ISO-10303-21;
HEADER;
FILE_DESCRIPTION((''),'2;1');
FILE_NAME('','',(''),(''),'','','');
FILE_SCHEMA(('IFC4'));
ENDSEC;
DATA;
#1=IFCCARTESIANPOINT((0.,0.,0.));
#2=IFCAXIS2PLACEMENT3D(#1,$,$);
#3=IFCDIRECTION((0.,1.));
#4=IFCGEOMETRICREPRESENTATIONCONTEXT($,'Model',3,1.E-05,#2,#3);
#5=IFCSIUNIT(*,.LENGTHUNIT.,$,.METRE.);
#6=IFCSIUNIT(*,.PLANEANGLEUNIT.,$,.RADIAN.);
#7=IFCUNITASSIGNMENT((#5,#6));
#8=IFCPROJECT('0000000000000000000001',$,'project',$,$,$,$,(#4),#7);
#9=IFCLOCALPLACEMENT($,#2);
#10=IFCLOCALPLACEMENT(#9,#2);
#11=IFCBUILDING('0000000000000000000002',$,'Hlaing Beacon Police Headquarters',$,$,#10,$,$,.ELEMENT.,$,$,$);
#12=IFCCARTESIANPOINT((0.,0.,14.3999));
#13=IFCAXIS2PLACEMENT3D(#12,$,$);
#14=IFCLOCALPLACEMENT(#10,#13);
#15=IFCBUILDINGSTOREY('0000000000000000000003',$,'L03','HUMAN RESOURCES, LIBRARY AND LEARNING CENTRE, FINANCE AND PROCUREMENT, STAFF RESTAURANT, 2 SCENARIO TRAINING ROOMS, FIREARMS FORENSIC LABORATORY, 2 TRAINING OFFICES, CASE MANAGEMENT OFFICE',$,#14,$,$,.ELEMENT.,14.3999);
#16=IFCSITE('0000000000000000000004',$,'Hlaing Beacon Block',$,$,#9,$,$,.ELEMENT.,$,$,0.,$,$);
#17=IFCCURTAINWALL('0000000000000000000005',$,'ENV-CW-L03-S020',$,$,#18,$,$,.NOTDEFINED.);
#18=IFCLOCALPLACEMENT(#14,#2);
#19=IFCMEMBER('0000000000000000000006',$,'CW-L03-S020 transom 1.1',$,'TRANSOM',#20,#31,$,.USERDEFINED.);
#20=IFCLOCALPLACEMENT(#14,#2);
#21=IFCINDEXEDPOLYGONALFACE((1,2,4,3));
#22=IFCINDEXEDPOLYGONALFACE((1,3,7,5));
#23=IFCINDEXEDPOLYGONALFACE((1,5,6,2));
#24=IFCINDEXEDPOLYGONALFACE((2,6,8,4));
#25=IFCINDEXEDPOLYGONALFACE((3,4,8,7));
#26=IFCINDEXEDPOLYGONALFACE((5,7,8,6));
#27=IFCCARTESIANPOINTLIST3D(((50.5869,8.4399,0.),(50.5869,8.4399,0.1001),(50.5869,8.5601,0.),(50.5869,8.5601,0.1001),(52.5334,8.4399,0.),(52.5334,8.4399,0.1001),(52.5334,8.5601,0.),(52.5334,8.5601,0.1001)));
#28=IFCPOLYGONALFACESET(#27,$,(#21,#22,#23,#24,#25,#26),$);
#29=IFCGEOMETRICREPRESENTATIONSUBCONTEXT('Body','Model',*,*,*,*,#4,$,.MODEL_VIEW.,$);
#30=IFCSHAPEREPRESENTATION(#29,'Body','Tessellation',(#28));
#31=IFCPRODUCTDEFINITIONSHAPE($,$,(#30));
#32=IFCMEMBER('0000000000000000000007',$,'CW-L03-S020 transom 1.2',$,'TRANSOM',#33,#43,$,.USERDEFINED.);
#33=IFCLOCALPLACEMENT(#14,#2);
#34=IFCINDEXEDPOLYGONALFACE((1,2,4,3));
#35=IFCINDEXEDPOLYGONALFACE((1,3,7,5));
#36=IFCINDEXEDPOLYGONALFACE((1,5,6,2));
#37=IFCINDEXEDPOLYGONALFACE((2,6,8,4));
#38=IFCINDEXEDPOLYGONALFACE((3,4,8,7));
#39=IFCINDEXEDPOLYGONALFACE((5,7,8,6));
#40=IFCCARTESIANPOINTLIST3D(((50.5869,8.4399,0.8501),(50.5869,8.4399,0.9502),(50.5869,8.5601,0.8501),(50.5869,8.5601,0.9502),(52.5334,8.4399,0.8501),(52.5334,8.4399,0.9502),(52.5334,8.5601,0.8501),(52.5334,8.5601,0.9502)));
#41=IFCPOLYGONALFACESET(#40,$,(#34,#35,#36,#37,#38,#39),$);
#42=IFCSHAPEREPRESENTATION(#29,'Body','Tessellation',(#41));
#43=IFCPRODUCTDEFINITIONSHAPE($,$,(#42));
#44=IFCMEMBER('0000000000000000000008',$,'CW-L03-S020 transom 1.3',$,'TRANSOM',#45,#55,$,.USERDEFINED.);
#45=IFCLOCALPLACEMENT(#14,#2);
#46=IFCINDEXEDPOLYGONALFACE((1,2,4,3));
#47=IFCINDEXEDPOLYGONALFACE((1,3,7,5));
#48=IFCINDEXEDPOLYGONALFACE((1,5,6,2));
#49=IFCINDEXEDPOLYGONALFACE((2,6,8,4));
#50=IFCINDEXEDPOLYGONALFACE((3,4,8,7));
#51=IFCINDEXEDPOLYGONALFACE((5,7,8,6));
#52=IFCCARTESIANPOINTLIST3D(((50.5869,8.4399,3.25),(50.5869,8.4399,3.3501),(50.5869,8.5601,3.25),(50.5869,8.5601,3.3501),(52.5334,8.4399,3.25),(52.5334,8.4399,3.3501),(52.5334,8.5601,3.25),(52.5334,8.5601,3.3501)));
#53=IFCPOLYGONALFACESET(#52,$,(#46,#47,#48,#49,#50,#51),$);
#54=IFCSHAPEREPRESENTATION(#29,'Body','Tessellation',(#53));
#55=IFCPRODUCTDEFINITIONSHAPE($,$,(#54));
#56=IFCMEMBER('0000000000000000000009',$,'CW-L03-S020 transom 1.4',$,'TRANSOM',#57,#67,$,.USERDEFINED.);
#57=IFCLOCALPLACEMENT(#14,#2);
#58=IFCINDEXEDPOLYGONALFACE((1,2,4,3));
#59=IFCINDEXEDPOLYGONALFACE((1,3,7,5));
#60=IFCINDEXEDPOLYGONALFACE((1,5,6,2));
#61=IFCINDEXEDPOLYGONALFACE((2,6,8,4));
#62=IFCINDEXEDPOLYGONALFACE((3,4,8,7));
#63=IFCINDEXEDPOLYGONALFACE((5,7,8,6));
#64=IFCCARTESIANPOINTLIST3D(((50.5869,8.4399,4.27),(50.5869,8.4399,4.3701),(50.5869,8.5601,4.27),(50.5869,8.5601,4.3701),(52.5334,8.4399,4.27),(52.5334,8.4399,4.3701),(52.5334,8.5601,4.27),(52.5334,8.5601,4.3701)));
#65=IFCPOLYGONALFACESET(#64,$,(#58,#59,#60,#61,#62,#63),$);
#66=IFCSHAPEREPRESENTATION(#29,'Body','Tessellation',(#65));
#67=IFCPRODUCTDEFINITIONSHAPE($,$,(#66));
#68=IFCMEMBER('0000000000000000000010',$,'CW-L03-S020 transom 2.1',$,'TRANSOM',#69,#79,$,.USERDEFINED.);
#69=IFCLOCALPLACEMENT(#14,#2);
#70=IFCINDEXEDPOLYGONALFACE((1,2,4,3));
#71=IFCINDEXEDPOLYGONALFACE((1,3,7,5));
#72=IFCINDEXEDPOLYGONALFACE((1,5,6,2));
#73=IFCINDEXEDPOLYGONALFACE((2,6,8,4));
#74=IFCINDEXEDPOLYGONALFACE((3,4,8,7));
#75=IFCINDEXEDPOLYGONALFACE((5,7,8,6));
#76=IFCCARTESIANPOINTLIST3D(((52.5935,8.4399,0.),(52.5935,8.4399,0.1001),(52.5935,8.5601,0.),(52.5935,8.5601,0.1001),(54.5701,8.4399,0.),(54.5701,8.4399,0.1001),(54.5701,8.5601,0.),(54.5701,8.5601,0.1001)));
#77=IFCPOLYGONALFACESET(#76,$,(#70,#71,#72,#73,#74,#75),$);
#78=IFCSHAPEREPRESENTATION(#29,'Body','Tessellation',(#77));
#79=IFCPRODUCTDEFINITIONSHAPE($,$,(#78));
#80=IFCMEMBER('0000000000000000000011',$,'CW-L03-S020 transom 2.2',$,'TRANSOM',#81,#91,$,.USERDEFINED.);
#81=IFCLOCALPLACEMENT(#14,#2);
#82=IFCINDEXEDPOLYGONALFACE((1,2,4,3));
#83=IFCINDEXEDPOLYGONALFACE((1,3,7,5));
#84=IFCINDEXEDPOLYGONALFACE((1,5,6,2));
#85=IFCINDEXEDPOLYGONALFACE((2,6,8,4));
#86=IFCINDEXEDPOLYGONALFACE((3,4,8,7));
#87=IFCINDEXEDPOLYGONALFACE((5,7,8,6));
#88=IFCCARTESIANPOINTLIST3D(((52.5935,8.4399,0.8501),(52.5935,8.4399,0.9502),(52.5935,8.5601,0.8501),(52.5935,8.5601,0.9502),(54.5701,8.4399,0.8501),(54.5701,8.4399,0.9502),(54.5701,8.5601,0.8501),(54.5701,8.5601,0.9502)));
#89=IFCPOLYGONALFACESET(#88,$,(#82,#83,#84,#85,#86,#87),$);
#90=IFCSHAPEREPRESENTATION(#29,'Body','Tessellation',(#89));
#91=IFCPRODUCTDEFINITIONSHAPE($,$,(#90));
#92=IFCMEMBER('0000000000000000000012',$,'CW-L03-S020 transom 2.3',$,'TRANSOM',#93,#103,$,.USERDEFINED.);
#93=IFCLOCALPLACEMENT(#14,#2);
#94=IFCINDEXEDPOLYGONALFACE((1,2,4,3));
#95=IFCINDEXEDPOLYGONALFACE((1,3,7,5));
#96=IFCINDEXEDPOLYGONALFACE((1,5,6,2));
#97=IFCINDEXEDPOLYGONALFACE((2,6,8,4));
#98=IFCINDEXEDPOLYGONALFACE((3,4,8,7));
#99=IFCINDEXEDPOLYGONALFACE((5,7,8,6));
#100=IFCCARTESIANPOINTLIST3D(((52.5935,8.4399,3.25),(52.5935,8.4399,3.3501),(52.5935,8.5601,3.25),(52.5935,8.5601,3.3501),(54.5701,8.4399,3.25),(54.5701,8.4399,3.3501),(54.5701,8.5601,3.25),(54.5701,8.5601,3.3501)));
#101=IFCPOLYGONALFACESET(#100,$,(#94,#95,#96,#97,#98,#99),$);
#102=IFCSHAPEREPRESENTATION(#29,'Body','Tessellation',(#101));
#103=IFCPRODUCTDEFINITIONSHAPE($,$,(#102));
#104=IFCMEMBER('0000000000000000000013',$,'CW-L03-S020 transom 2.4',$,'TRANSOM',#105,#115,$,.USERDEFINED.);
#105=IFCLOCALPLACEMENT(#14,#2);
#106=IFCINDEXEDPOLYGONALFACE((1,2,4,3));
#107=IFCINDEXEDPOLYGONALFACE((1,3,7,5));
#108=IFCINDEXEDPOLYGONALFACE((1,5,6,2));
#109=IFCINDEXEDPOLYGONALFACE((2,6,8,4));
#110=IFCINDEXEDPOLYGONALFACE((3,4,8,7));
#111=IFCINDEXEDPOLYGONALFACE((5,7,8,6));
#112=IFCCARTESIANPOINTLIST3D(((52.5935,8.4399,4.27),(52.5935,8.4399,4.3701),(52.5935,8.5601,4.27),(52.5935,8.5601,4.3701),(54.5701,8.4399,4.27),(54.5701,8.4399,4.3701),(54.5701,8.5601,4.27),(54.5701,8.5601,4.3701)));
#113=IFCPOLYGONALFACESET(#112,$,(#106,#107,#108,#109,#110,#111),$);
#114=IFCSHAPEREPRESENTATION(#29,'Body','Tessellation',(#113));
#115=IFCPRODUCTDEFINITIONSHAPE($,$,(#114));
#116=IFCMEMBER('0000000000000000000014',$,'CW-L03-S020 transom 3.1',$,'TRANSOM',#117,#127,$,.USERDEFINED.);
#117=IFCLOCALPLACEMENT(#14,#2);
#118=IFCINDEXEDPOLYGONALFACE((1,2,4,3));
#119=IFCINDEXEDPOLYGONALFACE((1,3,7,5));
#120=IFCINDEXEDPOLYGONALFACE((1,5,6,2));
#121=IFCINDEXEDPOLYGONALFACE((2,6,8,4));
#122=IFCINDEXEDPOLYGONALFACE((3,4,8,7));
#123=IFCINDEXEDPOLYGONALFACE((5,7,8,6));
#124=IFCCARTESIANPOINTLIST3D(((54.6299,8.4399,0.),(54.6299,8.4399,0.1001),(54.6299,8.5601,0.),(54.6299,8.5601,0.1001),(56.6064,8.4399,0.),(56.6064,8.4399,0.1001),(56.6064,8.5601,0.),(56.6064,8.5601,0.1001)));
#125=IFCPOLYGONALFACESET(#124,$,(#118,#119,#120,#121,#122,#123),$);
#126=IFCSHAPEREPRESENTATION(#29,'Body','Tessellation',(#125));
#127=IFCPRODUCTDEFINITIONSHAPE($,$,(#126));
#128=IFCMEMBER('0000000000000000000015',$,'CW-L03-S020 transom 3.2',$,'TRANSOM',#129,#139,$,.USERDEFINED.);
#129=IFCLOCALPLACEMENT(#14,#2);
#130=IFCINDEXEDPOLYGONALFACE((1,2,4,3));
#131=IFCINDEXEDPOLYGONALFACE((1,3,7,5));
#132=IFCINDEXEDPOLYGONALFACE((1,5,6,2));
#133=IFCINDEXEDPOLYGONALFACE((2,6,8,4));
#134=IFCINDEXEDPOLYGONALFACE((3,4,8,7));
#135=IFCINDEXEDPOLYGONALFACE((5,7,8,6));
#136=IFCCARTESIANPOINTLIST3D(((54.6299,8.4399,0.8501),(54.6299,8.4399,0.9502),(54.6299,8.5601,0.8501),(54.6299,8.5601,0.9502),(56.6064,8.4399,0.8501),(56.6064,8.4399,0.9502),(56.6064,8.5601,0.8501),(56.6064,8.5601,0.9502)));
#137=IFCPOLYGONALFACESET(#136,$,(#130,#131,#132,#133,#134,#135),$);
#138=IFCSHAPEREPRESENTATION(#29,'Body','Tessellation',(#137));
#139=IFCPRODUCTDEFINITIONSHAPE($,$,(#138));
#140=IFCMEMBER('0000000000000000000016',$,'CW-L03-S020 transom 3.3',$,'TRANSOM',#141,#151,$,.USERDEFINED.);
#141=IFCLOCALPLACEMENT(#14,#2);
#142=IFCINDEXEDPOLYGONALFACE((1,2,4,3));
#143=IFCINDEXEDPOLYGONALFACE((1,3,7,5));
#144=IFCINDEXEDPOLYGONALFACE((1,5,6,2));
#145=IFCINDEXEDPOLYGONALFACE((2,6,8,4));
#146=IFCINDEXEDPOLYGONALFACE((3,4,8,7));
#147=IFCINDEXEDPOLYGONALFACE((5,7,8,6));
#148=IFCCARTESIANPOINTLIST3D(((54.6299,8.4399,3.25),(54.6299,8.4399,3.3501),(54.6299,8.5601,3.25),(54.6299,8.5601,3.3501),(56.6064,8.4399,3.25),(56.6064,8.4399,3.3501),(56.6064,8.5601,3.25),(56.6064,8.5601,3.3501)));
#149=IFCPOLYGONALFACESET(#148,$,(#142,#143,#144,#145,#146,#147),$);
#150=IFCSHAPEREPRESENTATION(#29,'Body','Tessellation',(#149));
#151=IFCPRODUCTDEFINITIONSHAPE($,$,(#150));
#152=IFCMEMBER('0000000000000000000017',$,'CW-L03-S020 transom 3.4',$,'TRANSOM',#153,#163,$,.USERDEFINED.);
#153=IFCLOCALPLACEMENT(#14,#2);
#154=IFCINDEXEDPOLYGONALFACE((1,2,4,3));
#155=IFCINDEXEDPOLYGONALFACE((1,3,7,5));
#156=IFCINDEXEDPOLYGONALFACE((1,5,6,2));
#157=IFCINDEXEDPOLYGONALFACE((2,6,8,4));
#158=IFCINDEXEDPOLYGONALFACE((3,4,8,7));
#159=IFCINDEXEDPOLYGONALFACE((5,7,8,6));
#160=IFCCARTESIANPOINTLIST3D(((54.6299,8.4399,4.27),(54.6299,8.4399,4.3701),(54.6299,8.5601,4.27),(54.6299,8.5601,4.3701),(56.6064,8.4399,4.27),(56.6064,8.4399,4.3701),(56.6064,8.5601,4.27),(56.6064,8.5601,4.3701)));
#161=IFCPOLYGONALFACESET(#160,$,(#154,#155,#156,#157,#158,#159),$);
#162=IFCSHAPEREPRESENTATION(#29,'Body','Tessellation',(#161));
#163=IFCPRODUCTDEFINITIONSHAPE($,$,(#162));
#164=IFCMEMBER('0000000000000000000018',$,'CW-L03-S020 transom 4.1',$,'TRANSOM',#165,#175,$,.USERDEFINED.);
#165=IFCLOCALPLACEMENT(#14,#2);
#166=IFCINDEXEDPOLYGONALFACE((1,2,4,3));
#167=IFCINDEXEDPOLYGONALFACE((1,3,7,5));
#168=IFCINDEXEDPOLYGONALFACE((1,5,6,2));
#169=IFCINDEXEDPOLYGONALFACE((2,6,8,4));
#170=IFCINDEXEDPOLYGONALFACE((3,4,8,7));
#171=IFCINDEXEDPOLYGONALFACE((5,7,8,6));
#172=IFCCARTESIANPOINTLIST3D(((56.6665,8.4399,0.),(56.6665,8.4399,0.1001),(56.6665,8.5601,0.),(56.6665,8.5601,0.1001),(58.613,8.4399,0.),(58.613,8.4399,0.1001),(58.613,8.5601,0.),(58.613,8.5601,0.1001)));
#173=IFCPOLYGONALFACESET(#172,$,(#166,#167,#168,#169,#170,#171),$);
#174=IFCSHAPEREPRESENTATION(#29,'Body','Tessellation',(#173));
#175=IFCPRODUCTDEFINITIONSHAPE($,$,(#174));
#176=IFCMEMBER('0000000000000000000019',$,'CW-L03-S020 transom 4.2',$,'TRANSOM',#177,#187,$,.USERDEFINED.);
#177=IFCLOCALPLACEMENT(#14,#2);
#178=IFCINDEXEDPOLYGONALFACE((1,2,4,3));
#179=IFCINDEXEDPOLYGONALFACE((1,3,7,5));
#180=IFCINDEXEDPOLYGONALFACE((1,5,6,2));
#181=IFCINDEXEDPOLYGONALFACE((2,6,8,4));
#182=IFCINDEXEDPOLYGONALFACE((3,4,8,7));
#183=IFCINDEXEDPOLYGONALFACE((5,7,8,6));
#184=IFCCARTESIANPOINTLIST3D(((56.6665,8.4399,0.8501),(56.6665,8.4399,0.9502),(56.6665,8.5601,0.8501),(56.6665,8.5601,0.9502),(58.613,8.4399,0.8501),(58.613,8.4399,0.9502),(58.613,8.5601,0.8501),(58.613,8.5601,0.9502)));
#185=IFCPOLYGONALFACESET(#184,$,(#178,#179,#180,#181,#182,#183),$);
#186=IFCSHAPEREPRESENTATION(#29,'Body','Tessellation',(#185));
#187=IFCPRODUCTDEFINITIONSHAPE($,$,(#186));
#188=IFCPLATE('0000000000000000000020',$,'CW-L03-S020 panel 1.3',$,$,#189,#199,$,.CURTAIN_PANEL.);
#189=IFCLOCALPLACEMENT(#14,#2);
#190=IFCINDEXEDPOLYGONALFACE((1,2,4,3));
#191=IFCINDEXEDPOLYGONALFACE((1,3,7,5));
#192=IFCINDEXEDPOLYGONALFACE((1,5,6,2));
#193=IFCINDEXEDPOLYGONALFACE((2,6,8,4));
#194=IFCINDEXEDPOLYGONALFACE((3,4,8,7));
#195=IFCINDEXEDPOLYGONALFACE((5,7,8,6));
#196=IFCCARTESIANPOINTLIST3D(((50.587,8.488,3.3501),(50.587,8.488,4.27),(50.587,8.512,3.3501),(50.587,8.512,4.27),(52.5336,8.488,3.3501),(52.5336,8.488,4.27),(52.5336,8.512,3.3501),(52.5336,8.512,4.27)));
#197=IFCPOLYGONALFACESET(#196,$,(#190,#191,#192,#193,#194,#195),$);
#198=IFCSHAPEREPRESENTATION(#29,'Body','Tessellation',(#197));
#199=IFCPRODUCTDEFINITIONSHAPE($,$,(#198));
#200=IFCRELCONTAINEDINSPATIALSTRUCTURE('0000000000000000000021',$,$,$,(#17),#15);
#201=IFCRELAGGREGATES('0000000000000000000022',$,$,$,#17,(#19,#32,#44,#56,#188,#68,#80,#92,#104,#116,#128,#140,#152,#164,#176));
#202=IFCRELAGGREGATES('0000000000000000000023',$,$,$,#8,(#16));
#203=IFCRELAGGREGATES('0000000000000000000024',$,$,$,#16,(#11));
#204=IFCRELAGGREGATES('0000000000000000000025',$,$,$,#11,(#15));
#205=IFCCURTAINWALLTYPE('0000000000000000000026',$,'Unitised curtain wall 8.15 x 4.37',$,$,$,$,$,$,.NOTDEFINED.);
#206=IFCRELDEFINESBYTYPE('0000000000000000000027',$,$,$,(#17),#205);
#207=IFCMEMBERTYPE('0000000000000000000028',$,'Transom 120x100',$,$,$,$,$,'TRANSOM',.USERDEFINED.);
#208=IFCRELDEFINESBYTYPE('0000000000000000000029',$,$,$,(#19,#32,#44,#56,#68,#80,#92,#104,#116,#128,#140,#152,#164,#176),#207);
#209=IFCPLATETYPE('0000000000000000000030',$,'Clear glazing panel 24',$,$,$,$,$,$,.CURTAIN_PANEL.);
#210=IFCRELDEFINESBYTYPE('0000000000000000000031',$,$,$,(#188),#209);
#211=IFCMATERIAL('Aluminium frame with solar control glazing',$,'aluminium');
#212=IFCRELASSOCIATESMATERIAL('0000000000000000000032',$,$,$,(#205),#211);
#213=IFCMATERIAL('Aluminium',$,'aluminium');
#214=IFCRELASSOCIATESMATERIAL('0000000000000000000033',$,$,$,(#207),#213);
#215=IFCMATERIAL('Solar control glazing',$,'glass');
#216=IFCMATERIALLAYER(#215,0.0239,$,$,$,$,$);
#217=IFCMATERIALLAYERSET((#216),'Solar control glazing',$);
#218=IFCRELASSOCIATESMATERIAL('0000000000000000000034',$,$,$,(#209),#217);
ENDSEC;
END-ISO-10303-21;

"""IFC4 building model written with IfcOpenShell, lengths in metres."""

from ifc_helpers import new_model, si_unit, direction, frame, origin, origin_2d, place, context, subcontext, project, spatial, rectangle, extrude, material, layer, layer_set, material_profile, profile_set, type_object, element, aggregate, save


model = new_model("IFC4")

# Units and contexts
model_context = context("Model", 3, precision=1e-05, world=origin(), true_north=direction((0.0, 1.0)))
body_context = subcontext(model_context, "Body", "Model", "MODEL_VIEW")
ifc_project = project(units=[si_unit("LENGTHUNIT", "METRE"), si_unit("PLANEANGLEUNIT", "RADIAN")], contexts=[model_context])

# Site, building, storey
site_placement = place(None, origin())
site = spatial("IfcSite", under=ifc_project, at=site_placement, Name="Hlaing Beacon Block", CompositionType="ELEMENT", RefElevation=0.0)
building_placement = place(site_placement, origin())
building = spatial("IfcBuilding", under=site, at=building_placement, Name="Hlaing Beacon Police Headquarters", CompositionType="ELEMENT")
storey_placement = place(building_placement, frame((0.0, 0.0, 14.3999)))
storey = spatial("IfcBuildingStorey", under=building, at=storey_placement, Name="L03", Description="HUMAN RESOURCES, LIBRARY AND LEARNING CENTRE, FINANCE AND PROCUREMENT, STAFF RESTAURANT, 2 SCENARIO TRAINING ROOMS, FIREARMS FORENSIC LABORATORY, 2 TRAINING OFFICES, CASE MANAGEMENT OFFICE", CompositionType="ELEMENT", Elevation=14.3999)

# Curtain wall
ifc_material_1 = material(Name="Aluminium frame with solar control glazing", Category="aluminium")
curtain_wall_type = type_object("IfcCurtainWallType", Name="Unitised curtain wall 8.15 x 4.37", PredefinedType="NOTDEFINED", material=ifc_material_1)
curtain_wall_placement = place(storey_placement, origin())
curtain_wall = element("IfcCurtainWall", 1, at=curtain_wall_placement, inside=storey, type_object=curtain_wall_type, Name="ENV-CW-L03-S020", PredefinedType="NOTDEFINED")

# Members
ifc_material_2 = material(Name="Aluminium", Category="aluminium")
ifc_material_profile_1 = material_profile(ifc_material_2, rectangle(XDim=0.1201, YDim=0.1001, at=origin_2d()), Name="Transom 120x100")
ifc_profile_set_1 = profile_set([ifc_material_profile_1], Name="Aluminium")
member_type_1 = type_object("IfcMemberType", Name="Transom 120x100", ElementType="TRANSOM", PredefinedType="USERDEFINED", material=ifc_profile_set_1)
member_1_placement = place(storey_placement, frame((50.5869, 8.5, 0.05), z_axis=(1.0, 0.0, 0.0), x_axis=(0.0, 1.0, 0.0)))
member_1 = element("IfcMember", 2, at=member_1_placement, type_object=member_type_1, Name="CW-L03-S020 transom 1.1", ObjectType="TRANSOM", PredefinedType="USERDEFINED", context=body_context, shape_type="SweptSolid", body=[
    extrude(rectangle(XDim=0.1201, YDim=0.1001, at=origin_2d()), origin(), (0.0, 0.0, 1.0), 1.9465),
])
member_2_placement = place(storey_placement, frame((50.5869, 8.5, 0.9001), z_axis=(1.0, 0.0, 0.0), x_axis=(0.0, 1.0, 0.0)))
member_2 = element("IfcMember", 3, at=member_2_placement, type_object=member_type_1, Name="CW-L03-S020 transom 1.2", ObjectType="TRANSOM", PredefinedType="USERDEFINED", context=body_context, shape_type="SweptSolid", body=[
    extrude(rectangle(XDim=0.1201, YDim=0.1001, at=origin_2d()), origin(), (0.0, 0.0, 1.0), 1.9465),
])
member_3_placement = place(storey_placement, frame((50.5869, 8.5, 3.3), z_axis=(1.0, 0.0, 0.0), x_axis=(0.0, 1.0, 0.0)))
member_3 = element("IfcMember", 4, at=member_3_placement, type_object=member_type_1, Name="CW-L03-S020 transom 1.3", ObjectType="TRANSOM", PredefinedType="USERDEFINED", context=body_context, shape_type="SweptSolid", body=[
    extrude(rectangle(XDim=0.1201, YDim=0.1001, at=origin_2d()), origin(), (0.0, 0.0, 1.0), 1.9465),
])
member_4_placement = place(storey_placement, frame((50.5869, 8.5, 4.3201), z_axis=(1.0, 0.0, 0.0), x_axis=(0.0, 1.0, 0.0)))
member_4 = element("IfcMember", 5, at=member_4_placement, type_object=member_type_1, Name="CW-L03-S020 transom 1.4", ObjectType="TRANSOM", PredefinedType="USERDEFINED", context=body_context, shape_type="SweptSolid", body=[
    extrude(rectangle(XDim=0.1201, YDim=0.1001, at=origin_2d()), origin(), (0.0, 0.0, 1.0), 1.9465),
])
member_5_placement = place(storey_placement, frame((52.5935, 8.5, 0.05), z_axis=(1.0, 0.0, 0.0), x_axis=(0.0, 1.0, 0.0)))
member_5 = element("IfcMember", 6, at=member_5_placement, type_object=member_type_1, Name="CW-L03-S020 transom 2.1", ObjectType="TRANSOM", PredefinedType="USERDEFINED", context=body_context, shape_type="SweptSolid", body=[
    extrude(rectangle(XDim=0.1201, YDim=0.1001, at=origin_2d()), origin(), (0.0, 0.0, 1.0), 1.9766),
])
member_6_placement = place(storey_placement, frame((52.5935, 8.5, 0.9001), z_axis=(1.0, 0.0, 0.0), x_axis=(0.0, 1.0, 0.0)))
member_6 = element("IfcMember", 7, at=member_6_placement, type_object=member_type_1, Name="CW-L03-S020 transom 2.2", ObjectType="TRANSOM", PredefinedType="USERDEFINED", context=body_context, shape_type="SweptSolid", body=[
    extrude(rectangle(XDim=0.1201, YDim=0.1001, at=origin_2d()), origin(), (0.0, 0.0, 1.0), 1.9766),
])
member_7_placement = place(storey_placement, frame((52.5935, 8.5, 3.3), z_axis=(1.0, 0.0, 0.0), x_axis=(0.0, 1.0, 0.0)))
member_7 = element("IfcMember", 8, at=member_7_placement, type_object=member_type_1, Name="CW-L03-S020 transom 2.3", ObjectType="TRANSOM", PredefinedType="USERDEFINED", context=body_context, shape_type="SweptSolid", body=[
    extrude(rectangle(XDim=0.1201, YDim=0.1001, at=origin_2d()), origin(), (0.0, 0.0, 1.0), 1.9766),
])
member_8_placement = place(storey_placement, frame((52.5935, 8.5, 4.3201), z_axis=(1.0, 0.0, 0.0), x_axis=(0.0, 1.0, 0.0)))
member_8 = element("IfcMember", 9, at=member_8_placement, type_object=member_type_1, Name="CW-L03-S020 transom 2.4", ObjectType="TRANSOM", PredefinedType="USERDEFINED", context=body_context, shape_type="SweptSolid", body=[
    extrude(rectangle(XDim=0.1201, YDim=0.1001, at=origin_2d()), origin(), (0.0, 0.0, 1.0), 1.9766),
])
member_9_placement = place(storey_placement, frame((54.6299, 8.5, 0.05), z_axis=(1.0, 0.0, 0.0), x_axis=(0.0, 1.0, 0.0)))
member_9 = element("IfcMember", 10, at=member_9_placement, type_object=member_type_1, Name="CW-L03-S020 transom 3.1", ObjectType="TRANSOM", PredefinedType="USERDEFINED", context=body_context, shape_type="SweptSolid", body=[
    extrude(rectangle(XDim=0.1201, YDim=0.1001, at=origin_2d()), origin(), (0.0, 0.0, 1.0), 1.9766),
])
member_10_placement = place(storey_placement, frame((54.6299, 8.5, 0.9001), z_axis=(1.0, 0.0, 0.0), x_axis=(0.0, 1.0, 0.0)))
member_10 = element("IfcMember", 11, at=member_10_placement, type_object=member_type_1, Name="CW-L03-S020 transom 3.2", ObjectType="TRANSOM", PredefinedType="USERDEFINED", context=body_context, shape_type="SweptSolid", body=[
    extrude(rectangle(XDim=0.1201, YDim=0.1001, at=origin_2d()), origin(), (0.0, 0.0, 1.0), 1.9766),
])
member_11_placement = place(storey_placement, frame((54.6299, 8.5, 3.3), z_axis=(1.0, 0.0, 0.0), x_axis=(0.0, 1.0, 0.0)))
member_11 = element("IfcMember", 12, at=member_11_placement, type_object=member_type_1, Name="CW-L03-S020 transom 3.3", ObjectType="TRANSOM", PredefinedType="USERDEFINED", context=body_context, shape_type="SweptSolid", body=[
    extrude(rectangle(XDim=0.1201, YDim=0.1001, at=origin_2d()), origin(), (0.0, 0.0, 1.0), 1.9766),
])
member_12_placement = place(storey_placement, frame((54.6299, 8.5, 4.3201), z_axis=(1.0, 0.0, 0.0), x_axis=(0.0, 1.0, 0.0)))
member_12 = element("IfcMember", 13, at=member_12_placement, type_object=member_type_1, Name="CW-L03-S020 transom 3.4", ObjectType="TRANSOM", PredefinedType="USERDEFINED", context=body_context, shape_type="SweptSolid", body=[
    extrude(rectangle(XDim=0.1201, YDim=0.1001, at=origin_2d()), origin(), (0.0, 0.0, 1.0), 1.9766),
])
member_13_placement = place(storey_placement, frame((56.6665, 8.5, 0.05), z_axis=(1.0, 0.0, 0.0), x_axis=(0.0, 1.0, 0.0)))
member_13 = element("IfcMember", 14, at=member_13_placement, type_object=member_type_1, Name="CW-L03-S020 transom 4.1", ObjectType="TRANSOM", PredefinedType="USERDEFINED", context=body_context, shape_type="SweptSolid", body=[
    extrude(rectangle(XDim=0.1201, YDim=0.1001, at=origin_2d()), origin(), (0.0, 0.0, 1.0), 1.9465),
])
member_14_placement = place(storey_placement, frame((56.6665, 8.5, 0.9001), z_axis=(1.0, 0.0, 0.0), x_axis=(0.0, 1.0, 0.0)))
member_14 = element("IfcMember", 15, at=member_14_placement, type_object=member_type_1, Name="CW-L03-S020 transom 4.2", ObjectType="TRANSOM", PredefinedType="USERDEFINED", context=body_context, shape_type="SweptSolid", body=[
    extrude(rectangle(XDim=0.1201, YDim=0.1001, at=origin_2d()), origin(), (0.0, 0.0, 1.0), 1.9465),
])

# Plate
ifc_material_3 = material(Name="Solar control glazing", Category="glass")
ifc_layer_1 = layer(ifc_material_3, 0.0239)
ifc_layer_set_1 = layer_set([ifc_layer_1], Name="Solar control glazing")
plate_type_1 = type_object("IfcPlateType", Name="Clear glazing panel 24", PredefinedType="CURTAIN_PANEL", material=ifc_layer_set_1)
plate_1_placement = place(storey_placement, frame((51.5603, 8.5, 3.3501), z_axis=(0.0, 0.0, 1.0), x_axis=(1.0, 0.0, 0.0)))
plate_1 = element("IfcPlate", 16, at=plate_1_placement, type_object=plate_type_1, Name="CW-L03-S020 panel 1.3", PredefinedType="CURTAIN_PANEL", context=body_context, shape_type="SweptSolid", body=[
    extrude(rectangle(XDim=1.9465, YDim=0.0239, at=origin_2d()), origin(), (0.0, 0.0, 1.0), 0.9199),
])
aggregate(curtain_wall, [member_1, member_2, member_3, member_4, plate_1, member_5, member_6, member_7, member_8, member_9, member_10, member_11, member_12, member_13, member_14])

save(model, "model.ifc")
